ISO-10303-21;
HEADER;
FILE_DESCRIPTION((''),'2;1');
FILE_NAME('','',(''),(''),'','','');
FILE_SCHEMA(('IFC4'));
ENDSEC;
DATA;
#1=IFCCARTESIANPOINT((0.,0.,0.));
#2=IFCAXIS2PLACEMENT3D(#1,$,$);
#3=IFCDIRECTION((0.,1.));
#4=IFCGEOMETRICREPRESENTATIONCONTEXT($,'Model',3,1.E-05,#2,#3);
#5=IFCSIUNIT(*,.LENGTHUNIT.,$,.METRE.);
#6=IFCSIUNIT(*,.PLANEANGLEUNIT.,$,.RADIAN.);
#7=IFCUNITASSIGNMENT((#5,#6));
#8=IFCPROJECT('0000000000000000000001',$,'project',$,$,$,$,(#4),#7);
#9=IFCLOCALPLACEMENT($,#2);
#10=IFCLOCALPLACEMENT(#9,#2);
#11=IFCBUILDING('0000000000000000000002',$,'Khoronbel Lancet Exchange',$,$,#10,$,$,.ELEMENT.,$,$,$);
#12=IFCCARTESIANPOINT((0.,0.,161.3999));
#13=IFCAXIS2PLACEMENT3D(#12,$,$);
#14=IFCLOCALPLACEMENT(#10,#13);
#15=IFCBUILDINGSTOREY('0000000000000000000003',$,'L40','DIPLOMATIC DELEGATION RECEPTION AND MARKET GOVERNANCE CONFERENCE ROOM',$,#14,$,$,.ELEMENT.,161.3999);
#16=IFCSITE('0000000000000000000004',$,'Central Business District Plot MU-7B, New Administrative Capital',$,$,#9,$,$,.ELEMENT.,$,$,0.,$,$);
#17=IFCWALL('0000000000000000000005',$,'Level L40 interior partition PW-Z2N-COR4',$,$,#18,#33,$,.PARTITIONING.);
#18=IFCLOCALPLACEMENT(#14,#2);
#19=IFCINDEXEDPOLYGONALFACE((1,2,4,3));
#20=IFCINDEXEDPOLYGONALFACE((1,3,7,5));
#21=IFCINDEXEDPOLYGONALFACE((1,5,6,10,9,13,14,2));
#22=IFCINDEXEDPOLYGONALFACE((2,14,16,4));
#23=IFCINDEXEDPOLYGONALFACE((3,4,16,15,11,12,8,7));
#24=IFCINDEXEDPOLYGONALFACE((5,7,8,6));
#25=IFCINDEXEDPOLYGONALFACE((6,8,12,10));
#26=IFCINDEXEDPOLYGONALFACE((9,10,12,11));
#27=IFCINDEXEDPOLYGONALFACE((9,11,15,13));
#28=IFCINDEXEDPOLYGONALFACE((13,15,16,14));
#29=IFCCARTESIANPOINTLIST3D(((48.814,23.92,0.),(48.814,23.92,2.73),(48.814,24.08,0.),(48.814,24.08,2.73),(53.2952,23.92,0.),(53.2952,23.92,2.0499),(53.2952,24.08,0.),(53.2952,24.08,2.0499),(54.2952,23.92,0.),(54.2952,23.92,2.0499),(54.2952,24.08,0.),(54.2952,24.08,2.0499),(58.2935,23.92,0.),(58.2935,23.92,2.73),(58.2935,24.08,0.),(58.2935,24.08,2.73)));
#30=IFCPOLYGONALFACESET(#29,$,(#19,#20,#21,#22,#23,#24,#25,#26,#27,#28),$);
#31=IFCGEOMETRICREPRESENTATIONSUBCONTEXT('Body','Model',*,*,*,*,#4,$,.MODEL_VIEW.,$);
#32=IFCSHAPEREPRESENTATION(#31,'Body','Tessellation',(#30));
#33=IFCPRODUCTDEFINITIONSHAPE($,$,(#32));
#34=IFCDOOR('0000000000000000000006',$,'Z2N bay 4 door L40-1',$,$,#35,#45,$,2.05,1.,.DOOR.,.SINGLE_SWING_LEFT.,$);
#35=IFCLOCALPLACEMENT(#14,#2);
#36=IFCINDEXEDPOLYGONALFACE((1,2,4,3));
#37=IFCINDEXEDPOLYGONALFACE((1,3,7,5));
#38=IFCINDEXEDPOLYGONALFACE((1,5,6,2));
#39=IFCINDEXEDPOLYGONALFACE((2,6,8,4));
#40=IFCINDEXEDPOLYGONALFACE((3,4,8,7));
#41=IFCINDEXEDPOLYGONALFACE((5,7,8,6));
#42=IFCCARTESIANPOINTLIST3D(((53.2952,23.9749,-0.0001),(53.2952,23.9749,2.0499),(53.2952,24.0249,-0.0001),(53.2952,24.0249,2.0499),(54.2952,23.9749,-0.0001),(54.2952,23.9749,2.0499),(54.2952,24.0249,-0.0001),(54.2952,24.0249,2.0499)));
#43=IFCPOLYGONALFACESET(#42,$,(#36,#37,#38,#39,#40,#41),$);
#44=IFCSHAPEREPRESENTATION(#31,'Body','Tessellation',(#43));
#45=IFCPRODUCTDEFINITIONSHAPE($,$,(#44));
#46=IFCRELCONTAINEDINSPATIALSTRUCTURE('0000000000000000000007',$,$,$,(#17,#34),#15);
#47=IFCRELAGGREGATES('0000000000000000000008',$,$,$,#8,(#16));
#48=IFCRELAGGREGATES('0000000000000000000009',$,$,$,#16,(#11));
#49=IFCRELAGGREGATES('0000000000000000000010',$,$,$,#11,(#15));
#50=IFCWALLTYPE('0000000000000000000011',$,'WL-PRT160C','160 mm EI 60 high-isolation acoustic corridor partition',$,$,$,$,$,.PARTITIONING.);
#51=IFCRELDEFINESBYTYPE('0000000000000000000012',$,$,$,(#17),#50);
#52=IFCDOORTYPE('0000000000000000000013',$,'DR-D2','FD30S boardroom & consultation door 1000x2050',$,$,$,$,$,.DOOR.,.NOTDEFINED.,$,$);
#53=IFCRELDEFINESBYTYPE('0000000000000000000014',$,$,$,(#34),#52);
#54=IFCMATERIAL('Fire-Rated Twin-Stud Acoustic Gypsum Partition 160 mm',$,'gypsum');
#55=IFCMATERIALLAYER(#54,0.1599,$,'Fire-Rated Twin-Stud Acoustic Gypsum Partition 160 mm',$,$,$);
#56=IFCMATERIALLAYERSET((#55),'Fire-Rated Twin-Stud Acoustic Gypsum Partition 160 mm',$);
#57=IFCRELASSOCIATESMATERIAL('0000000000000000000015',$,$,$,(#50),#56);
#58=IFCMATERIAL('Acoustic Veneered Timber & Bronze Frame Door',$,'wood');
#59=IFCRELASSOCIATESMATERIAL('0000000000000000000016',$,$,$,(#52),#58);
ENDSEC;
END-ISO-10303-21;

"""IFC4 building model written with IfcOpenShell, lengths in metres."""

from ifc_helpers import new_model, si_unit, direction, frame, frame_2d, origin, place, context, subcontext, project, spatial, rectangle, extrude, material, layer, layer_set, type_object, element, fill, save


model = new_model("IFC4")

# Units and contexts
model_context = context("Model", 3, precision=1e-05, world=origin(), true_north=direction((0.0, 1.0)))
body_context = subcontext(model_context, "Body", "Model", "MODEL_VIEW")
ifc_project = project(units=[si_unit("LENGTHUNIT", "METRE"), si_unit("PLANEANGLEUNIT", "RADIAN")], contexts=[model_context])

# Site, building, storey
site_placement = place(None, origin())
site = spatial("IfcSite", under=ifc_project, at=site_placement, Name="Central Business District Plot MU-7B, New Administrative Capital", CompositionType="ELEMENT", RefElevation=0.0)
building_placement = place(site_placement, origin())
building = spatial("IfcBuilding", under=site, at=building_placement, Name="Khoronbel Lancet Exchange", CompositionType="ELEMENT")
storey_placement = place(building_placement, frame((0.0, 0.0, 161.3999)))
storey = spatial("IfcBuildingStorey", under=building, at=storey_placement, Name="L40", Description="DIPLOMATIC DELEGATION RECEPTION AND MARKET GOVERNANCE CONFERENCE ROOM", CompositionType="ELEMENT", Elevation=161.3999)

# Wall, opening, door
ifc_material_1 = material(Name="Fire-Rated Twin-Stud Acoustic Gypsum Partition 160 mm", Category="gypsum")
ifc_layer_1 = layer(ifc_material_1, 0.1599, Name="Fire-Rated Twin-Stud Acoustic Gypsum Partition 160 mm")
ifc_layer_set_1 = layer_set([ifc_layer_1], Name="Fire-Rated Twin-Stud Acoustic Gypsum Partition 160 mm")
wall_type_1 = type_object("IfcWallType", Name="WL-PRT160C", Description="160 mm EI 60 high-isolation acoustic corridor partition", PredefinedType="PARTITIONING", material=ifc_layer_set_1)
ifc_material_2 = material(Name="Acoustic Veneered Timber & Bronze Frame Door", Category="wood")
door_type_1 = type_object("IfcDoorType", Name="DR-D2", Description="FD30S boardroom & consultation door 1000x2050", OperationType="NOTDEFINED", PredefinedType="DOOR", material=ifc_material_2)
wall_1_placement = place(storey_placement, frame((48.814, 24.0, 0.0), z_axis=(0.0, 0.0, 1.0), x_axis=(1.0, 0.0, 0.0)))
wall_1 = element("IfcWall", 1, at=wall_1_placement, inside=storey, type_object=wall_type_1, Name="Level L40 interior partition PW-Z2N-COR4", PredefinedType="PARTITIONING", context=body_context, shape_type="SweptSolid", body=[
    extrude(rectangle(XDim=9.4795, YDim=0.1599, at=frame_2d((4.7397, 0.0))), origin(), (0.0, 0.0, 1.0), 2.73),
])
opening_1_placement = place(wall_1_placement, frame((4.4812, 0.0, 0.0)))
opening_1 = element("IfcOpeningElement", 2, at=opening_1_placement, cuts=wall_1, PredefinedType="OPENING", context=body_context, shape_type="SweptSolid", body=[
    extrude(rectangle(XDim=1.0, YDim=2.05, at=frame_2d((0.5, 1.0249))), frame((0.0, 0.0898, 0.0), z_axis=(0.0, -1.0, 0.0), x_axis=(1.0, 0.0, 0.0)), (0.0, 0.0, 1.0), 0.1799),
])
door_1_placement = place(opening_1_placement, origin())
door_1 = element("IfcDoor", 3, at=door_1_placement, inside=storey, type_object=door_type_1, Name="Z2N bay 4 door L40-1", OperationType="SINGLE_SWING_LEFT", OverallHeight=2.05, OverallWidth=1.0, PredefinedType="DOOR", context=body_context, shape_type="SweptSolid", body=[
    extrude(rectangle(XDim=1.0, YDim=2.05, at=frame_2d((0.5, 1.0249))), frame((0.0, 0.0249, 0.0), z_axis=(0.0, -1.0, 0.0), x_axis=(1.0, 0.0, 0.0)), (0.0, 0.0, 1.0), 0.05),
])
fill(opening_1, door_1)

save(model, "model.ifc")
